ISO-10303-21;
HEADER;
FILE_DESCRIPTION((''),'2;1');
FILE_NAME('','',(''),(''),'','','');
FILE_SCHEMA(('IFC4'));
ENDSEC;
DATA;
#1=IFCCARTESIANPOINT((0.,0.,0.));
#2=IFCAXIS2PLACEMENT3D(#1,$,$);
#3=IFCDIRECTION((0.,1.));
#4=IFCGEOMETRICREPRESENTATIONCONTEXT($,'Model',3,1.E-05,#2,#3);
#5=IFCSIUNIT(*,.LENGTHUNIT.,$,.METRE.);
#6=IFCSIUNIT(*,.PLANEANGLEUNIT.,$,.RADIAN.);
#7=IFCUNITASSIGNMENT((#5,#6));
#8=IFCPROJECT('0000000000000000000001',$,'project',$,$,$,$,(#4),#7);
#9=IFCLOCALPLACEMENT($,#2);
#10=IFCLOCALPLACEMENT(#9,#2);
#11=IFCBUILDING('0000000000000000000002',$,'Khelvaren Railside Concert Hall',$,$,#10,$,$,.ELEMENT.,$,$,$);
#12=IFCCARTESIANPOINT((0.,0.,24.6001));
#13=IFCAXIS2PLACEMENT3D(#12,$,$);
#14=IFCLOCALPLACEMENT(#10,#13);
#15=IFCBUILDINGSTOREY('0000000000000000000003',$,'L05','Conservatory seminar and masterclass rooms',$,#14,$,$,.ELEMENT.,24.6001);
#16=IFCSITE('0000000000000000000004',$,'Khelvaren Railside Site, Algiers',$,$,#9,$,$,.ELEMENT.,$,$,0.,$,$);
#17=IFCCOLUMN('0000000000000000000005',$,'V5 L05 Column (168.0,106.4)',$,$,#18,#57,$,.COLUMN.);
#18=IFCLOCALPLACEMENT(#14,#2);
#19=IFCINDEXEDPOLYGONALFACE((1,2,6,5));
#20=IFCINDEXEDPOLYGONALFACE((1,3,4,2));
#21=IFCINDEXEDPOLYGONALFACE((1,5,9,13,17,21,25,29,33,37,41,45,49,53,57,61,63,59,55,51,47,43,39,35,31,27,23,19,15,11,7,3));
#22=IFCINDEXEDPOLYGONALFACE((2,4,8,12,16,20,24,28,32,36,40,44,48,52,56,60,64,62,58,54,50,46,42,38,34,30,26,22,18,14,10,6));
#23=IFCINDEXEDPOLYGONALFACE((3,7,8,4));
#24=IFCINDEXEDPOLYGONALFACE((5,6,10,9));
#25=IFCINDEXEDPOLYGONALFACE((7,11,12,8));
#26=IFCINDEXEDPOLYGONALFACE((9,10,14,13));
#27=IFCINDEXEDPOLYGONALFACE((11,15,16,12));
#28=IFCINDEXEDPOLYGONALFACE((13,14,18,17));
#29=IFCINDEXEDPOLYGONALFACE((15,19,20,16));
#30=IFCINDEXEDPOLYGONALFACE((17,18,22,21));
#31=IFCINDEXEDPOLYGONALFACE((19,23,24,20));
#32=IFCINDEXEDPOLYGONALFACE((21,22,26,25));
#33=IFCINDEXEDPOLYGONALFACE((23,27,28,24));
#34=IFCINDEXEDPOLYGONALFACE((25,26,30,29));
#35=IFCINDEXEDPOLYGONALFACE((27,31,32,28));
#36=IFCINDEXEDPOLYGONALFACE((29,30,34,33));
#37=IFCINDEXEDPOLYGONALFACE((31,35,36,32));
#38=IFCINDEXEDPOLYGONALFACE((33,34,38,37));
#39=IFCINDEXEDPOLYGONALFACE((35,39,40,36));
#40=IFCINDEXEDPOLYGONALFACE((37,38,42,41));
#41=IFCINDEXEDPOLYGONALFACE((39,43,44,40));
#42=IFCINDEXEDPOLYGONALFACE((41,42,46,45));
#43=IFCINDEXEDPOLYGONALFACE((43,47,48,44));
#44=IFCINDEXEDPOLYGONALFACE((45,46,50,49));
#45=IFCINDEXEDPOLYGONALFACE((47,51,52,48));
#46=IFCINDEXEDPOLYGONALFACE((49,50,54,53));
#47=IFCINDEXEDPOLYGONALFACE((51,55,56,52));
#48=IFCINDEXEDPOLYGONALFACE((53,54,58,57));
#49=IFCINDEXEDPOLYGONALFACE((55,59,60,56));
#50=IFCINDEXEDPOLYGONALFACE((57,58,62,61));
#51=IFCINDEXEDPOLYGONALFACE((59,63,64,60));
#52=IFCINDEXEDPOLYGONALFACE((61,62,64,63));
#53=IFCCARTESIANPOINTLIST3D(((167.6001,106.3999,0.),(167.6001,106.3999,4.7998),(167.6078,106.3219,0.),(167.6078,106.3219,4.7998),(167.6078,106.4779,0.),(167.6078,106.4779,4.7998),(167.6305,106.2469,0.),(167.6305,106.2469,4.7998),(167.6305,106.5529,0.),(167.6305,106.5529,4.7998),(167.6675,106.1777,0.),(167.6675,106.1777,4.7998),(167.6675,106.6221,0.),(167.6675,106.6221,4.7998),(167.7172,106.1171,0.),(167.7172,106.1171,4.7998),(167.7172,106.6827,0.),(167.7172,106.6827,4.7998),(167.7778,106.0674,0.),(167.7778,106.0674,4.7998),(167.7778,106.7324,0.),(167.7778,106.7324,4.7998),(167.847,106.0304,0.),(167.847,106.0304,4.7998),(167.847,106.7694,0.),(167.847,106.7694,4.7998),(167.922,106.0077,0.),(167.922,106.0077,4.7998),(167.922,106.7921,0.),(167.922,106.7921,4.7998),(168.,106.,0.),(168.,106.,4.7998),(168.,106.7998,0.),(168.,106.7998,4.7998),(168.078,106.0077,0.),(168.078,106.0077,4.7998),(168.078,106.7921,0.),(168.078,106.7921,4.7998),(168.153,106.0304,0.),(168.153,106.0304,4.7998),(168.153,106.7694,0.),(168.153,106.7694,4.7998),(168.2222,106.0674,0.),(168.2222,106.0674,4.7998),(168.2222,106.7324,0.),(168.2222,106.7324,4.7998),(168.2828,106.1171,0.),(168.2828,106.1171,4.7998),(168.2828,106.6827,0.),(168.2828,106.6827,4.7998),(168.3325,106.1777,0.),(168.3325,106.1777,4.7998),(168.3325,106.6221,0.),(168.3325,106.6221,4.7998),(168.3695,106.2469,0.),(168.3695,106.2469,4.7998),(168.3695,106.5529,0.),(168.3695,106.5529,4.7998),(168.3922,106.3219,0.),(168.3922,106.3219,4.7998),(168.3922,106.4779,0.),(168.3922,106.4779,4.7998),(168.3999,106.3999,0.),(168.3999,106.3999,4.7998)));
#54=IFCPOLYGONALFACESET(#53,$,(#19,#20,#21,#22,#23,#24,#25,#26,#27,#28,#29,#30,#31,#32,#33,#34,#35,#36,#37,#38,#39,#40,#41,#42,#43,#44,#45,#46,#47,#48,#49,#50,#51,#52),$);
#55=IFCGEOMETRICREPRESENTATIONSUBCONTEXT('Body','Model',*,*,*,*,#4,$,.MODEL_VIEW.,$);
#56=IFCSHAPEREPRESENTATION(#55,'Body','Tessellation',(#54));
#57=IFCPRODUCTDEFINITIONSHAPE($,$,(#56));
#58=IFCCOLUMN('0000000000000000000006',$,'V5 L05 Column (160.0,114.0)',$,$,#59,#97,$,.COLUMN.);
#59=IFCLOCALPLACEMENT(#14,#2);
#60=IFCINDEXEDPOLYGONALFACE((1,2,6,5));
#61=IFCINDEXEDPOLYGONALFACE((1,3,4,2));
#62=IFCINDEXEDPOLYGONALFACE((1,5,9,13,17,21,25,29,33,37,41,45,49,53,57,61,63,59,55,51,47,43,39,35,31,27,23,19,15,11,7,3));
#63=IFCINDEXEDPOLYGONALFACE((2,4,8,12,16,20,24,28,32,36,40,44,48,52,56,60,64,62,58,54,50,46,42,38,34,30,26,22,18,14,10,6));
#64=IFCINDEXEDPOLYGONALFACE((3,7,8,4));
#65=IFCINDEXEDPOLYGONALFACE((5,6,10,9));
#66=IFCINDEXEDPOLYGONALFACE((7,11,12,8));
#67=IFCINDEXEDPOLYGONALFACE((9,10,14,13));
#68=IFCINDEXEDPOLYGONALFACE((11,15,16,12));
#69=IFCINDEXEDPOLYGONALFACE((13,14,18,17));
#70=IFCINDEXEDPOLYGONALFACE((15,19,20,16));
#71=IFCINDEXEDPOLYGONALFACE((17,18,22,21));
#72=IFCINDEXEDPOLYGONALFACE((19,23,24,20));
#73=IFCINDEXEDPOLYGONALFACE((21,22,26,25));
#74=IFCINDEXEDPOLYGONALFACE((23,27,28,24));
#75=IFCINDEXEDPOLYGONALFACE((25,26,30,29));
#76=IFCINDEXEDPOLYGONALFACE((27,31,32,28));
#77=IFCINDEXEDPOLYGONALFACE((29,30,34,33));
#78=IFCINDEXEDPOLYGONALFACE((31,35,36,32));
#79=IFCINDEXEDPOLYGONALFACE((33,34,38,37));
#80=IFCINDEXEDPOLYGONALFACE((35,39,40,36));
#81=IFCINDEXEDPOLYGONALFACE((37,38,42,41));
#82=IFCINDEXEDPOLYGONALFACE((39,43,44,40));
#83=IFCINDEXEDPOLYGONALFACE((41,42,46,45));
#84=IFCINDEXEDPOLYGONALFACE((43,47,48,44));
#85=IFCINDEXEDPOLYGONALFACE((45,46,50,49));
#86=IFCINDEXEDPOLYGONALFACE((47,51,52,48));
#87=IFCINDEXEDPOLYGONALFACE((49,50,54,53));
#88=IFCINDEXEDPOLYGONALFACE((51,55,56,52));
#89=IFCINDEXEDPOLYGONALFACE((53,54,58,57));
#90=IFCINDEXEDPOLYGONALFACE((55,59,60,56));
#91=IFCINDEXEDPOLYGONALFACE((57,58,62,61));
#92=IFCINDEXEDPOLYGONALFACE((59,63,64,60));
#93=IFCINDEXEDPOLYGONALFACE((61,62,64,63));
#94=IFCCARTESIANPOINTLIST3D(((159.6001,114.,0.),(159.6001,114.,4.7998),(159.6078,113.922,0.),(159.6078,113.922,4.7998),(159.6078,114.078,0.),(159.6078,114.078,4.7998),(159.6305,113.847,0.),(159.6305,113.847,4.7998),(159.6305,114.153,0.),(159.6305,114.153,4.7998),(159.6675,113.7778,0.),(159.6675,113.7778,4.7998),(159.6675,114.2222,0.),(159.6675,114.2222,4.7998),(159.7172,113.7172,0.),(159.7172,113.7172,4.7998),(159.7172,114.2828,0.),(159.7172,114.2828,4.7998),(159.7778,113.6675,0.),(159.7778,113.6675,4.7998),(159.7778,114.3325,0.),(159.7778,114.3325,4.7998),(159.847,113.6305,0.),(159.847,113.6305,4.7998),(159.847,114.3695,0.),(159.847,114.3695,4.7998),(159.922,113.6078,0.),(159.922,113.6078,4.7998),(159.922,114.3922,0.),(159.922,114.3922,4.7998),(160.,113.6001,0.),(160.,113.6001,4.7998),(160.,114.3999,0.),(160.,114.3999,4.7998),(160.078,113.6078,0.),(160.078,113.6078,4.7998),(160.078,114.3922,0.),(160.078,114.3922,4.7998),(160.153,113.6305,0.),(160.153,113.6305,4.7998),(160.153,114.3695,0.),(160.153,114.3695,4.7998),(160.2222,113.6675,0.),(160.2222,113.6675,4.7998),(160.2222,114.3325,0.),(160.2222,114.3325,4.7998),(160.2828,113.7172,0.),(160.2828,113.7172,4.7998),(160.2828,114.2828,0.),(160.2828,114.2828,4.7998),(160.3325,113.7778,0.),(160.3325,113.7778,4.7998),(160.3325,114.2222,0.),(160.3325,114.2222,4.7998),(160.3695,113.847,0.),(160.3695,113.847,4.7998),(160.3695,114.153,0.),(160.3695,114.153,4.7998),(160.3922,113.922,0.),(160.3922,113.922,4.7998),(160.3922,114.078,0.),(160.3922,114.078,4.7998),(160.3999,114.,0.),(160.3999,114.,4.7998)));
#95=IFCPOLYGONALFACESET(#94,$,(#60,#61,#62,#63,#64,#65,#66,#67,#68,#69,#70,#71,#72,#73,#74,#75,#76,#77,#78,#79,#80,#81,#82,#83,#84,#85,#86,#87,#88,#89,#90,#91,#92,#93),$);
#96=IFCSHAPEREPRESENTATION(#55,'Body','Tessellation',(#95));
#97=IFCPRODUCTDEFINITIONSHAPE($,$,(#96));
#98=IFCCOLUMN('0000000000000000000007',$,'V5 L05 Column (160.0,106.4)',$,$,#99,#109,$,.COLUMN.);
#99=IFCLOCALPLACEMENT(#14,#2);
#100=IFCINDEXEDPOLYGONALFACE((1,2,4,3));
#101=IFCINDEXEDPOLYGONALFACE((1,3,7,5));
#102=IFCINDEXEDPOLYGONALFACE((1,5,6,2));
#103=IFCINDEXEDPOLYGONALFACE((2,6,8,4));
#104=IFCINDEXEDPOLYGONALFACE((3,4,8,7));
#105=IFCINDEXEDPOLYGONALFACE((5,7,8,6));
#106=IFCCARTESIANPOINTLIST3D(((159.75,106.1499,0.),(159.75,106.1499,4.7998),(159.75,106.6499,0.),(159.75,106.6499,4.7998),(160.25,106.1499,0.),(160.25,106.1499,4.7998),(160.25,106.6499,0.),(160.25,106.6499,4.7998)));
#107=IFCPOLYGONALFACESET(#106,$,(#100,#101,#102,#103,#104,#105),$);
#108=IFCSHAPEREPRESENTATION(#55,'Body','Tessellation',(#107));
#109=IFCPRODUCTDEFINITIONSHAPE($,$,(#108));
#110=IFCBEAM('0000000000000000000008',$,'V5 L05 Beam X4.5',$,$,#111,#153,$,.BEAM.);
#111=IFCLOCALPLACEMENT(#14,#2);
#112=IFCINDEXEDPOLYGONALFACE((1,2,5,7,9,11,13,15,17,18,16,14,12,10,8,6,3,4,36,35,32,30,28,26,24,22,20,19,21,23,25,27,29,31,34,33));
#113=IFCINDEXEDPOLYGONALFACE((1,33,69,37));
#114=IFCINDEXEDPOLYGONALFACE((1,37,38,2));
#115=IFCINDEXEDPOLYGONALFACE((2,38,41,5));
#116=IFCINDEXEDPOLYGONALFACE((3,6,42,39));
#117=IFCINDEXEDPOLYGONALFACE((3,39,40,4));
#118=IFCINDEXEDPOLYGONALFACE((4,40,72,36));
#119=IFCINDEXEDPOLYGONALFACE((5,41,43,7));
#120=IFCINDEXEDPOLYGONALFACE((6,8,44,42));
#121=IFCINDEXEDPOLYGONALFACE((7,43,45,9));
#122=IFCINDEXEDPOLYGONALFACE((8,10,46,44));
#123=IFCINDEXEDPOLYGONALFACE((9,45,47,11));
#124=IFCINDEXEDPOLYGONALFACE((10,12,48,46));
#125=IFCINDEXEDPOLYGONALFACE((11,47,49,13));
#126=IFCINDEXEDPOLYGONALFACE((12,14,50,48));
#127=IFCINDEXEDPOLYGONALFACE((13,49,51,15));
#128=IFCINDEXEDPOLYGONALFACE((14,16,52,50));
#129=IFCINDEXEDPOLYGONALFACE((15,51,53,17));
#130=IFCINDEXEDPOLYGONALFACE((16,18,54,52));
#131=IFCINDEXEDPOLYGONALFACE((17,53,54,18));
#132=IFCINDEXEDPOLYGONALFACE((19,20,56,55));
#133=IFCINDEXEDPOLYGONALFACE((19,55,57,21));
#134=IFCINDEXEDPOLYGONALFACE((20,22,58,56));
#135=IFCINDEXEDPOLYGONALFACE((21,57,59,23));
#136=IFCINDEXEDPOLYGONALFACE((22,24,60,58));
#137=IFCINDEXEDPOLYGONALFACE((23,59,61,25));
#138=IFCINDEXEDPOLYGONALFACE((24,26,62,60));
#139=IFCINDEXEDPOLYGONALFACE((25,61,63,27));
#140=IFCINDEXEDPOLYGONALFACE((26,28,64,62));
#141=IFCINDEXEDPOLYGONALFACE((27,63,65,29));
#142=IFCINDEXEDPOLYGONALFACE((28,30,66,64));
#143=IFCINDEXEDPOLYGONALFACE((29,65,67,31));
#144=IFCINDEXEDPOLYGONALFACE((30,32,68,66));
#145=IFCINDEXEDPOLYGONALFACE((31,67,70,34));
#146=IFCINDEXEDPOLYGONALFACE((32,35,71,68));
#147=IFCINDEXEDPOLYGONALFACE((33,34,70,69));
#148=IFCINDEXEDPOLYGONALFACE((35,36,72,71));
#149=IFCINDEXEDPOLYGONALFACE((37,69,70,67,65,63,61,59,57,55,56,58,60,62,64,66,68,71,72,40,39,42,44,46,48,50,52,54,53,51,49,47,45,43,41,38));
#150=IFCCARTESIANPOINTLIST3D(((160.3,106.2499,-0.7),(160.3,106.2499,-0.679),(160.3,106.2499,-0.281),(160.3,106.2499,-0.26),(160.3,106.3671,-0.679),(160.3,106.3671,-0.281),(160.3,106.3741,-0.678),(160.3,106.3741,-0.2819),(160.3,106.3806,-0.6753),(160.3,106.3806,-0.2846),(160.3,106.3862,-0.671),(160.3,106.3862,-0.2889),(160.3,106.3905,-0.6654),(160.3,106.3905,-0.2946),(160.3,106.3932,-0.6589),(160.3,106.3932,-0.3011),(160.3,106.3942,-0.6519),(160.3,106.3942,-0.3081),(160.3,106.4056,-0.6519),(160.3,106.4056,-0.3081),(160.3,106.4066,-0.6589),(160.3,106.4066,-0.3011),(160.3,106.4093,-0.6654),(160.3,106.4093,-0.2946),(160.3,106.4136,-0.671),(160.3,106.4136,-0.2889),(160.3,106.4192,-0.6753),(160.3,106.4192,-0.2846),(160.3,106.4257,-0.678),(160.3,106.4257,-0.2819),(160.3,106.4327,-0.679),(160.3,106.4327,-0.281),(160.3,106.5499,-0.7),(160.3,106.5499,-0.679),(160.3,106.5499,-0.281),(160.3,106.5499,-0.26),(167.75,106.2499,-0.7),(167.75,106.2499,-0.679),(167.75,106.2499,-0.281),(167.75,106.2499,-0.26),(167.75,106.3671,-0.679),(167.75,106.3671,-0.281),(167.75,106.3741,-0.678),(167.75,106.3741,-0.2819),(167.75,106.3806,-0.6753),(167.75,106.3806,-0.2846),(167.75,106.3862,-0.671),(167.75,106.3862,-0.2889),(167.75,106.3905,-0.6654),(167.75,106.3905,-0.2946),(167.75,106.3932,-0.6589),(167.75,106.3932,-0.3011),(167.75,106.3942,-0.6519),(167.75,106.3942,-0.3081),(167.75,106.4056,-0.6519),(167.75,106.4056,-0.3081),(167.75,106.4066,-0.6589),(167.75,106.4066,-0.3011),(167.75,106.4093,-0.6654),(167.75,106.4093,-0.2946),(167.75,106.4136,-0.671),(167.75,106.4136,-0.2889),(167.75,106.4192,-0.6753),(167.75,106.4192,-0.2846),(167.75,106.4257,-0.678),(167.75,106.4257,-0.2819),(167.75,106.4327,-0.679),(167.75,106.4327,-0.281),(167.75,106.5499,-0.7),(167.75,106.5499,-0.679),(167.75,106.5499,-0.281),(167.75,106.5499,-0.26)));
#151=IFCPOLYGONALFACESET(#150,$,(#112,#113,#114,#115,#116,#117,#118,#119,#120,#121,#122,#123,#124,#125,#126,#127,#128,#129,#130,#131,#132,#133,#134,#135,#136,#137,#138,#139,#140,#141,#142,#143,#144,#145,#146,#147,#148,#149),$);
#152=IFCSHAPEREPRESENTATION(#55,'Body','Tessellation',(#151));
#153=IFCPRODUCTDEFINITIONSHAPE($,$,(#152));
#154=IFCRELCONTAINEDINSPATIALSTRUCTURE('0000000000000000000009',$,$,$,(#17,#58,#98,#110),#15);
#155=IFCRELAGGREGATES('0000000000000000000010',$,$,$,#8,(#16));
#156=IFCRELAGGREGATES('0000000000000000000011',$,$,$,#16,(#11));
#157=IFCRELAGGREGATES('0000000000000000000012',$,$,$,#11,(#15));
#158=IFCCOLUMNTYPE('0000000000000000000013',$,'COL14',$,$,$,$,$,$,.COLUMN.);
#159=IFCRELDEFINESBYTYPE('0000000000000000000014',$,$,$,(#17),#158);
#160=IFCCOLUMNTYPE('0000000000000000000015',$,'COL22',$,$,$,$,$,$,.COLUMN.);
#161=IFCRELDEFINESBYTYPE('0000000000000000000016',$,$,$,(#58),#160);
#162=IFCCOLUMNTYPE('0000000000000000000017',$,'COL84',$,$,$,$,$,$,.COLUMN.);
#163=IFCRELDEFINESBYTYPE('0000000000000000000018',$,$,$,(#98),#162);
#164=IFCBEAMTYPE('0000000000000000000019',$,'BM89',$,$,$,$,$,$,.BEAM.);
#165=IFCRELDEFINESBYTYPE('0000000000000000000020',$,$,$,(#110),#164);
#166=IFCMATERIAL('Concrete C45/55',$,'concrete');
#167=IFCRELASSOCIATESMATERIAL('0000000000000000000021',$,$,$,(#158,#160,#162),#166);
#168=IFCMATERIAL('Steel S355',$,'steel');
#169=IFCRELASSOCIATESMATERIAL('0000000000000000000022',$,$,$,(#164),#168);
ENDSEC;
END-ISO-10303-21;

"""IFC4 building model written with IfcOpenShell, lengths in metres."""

from ifc_helpers import new_model, si_unit, direction, frame, origin, origin_2d, place, context, subcontext, project, spatial, rectangle, circle, i_section, extrude, material, material_profile, profile_set, type_object, element, save


model = new_model("IFC4")

# Units and contexts
model_context = context("Model", 3, precision=1e-05, world=origin(), true_north=direction((0.0, 1.0)))
body_context = subcontext(model_context, "Body", "Model", "MODEL_VIEW")
ifc_project = project(units=[si_unit("LENGTHUNIT", "METRE"), si_unit("PLANEANGLEUNIT", "RADIAN")], contexts=[model_context])

# Site, building, storey
site_placement = place(None, origin())
site = spatial("IfcSite", under=ifc_project, at=site_placement, Name="Khelvaren Railside Site, Algiers", CompositionType="ELEMENT", RefElevation=0.0)
building_placement = place(site_placement, origin())
building = spatial("IfcBuilding", under=site, at=building_placement, Name="Khelvaren Railside Concert Hall", CompositionType="ELEMENT")
storey_placement = place(building_placement, frame((0.0, 0.0, 24.6001)))
storey = spatial("IfcBuildingStorey", under=building, at=storey_placement, Name="L05", Description="Conservatory seminar and masterclass rooms", CompositionType="ELEMENT", Elevation=24.6001)

# Columns
ifc_material_1 = material(Name="Concrete C45/55", Category="concrete")
ifc_material_profile_1 = material_profile(ifc_material_1, circle(Radius=0.3999, at=origin_2d()), Name="RC D800")
ifc_profile_set_1 = profile_set([ifc_material_profile_1], Name="Concrete C45/55")
column_type_1 = type_object("IfcColumnType", Name="COL14", PredefinedType="COLUMN", material=ifc_profile_set_1)
column_1_placement = place(storey_placement, frame((168.0, 106.3999, 0.0), z_axis=(0.0, 0.0, 1.0), x_axis=(1.0, 0.0, 0.0)))
element("IfcColumn", 1, at=column_1_placement, inside=storey, type_object=column_type_1, Name="V5 L05 Column (168.0,106.4)", PredefinedType="COLUMN", context=body_context, shape_type="SweptSolid", body=[
    extrude(circle(Radius=0.3999, at=origin_2d()), origin(), (0.0, 0.0, 1.0), 4.7998),
])
ifc_material_profile_2 = material_profile(ifc_material_1, circle(Radius=0.3999, at=origin_2d()), Name="RC D800")
ifc_profile_set_2 = profile_set([ifc_material_profile_2], Name="Concrete C45/55")
column_type_2 = type_object("IfcColumnType", Name="COL22", PredefinedType="COLUMN", material=ifc_profile_set_2)
column_2_placement = place(storey_placement, frame((160.0, 114.0, 0.0), z_axis=(0.0, 0.0, 1.0), x_axis=(1.0, 0.0, 0.0)))
element("IfcColumn", 2, at=column_2_placement, inside=storey, type_object=column_type_2, Name="V5 L05 Column (160.0,114.0)", PredefinedType="COLUMN", context=body_context, shape_type="SweptSolid", body=[
    extrude(circle(Radius=0.3999, at=origin_2d()), origin(), (0.0, 0.0, 1.0), 4.7998),
])
ifc_material_profile_3 = material_profile(ifc_material_1, rectangle(XDim=0.5, YDim=0.5, at=origin_2d()), Name="RC 500x500")
ifc_profile_set_3 = profile_set([ifc_material_profile_3], Name="Concrete C45/55")
column_type_3 = type_object("IfcColumnType", Name="COL84", PredefinedType="COLUMN", material=ifc_profile_set_3)
column_3_placement = place(storey_placement, frame((160.0, 106.3999, 0.0), z_axis=(0.0, 0.0, 1.0), x_axis=(1.0, 0.0, 0.0)))
element("IfcColumn", 3, at=column_3_placement, inside=storey, type_object=column_type_3, Name="V5 L05 Column (160.0,106.4)", PredefinedType="COLUMN", context=body_context, shape_type="SweptSolid", body=[
    extrude(rectangle(XDim=0.5, YDim=0.5, at=origin_2d()), origin(), (0.0, 0.0, 1.0), 4.7998),
])

# Beam
ifc_material_2 = material(Name="Steel S355", Category="steel")
ifc_material_profile_4 = material_profile(ifc_material_2, i_section(OverallWidth=0.3, OverallDepth=0.4399, WebThickness=0.0115, FlangeThickness=0.021, FilletRadius=0.0271, at=origin_2d()), Name="HEA 450")
ifc_profile_set_4 = profile_set([ifc_material_profile_4], Name="Steel S355")
beam_type_1 = type_object("IfcBeamType", Name="BM89", PredefinedType="BEAM", material=ifc_profile_set_4)
beam_1_placement = place(storey_placement, frame((160.3, 106.3999, -0.48), z_axis=(1.0, 0.0, 0.0), x_axis=(0.0, 1.0, 0.0)))
element("IfcBeam", 4, at=beam_1_placement, inside=storey, type_object=beam_type_1, Name="V5 L05 Beam X4.5", PredefinedType="BEAM", context=body_context, shape_type="SweptSolid", body=[
    extrude(i_section(OverallWidth=0.3, OverallDepth=0.4399, WebThickness=0.0115, FlangeThickness=0.021, FilletRadius=0.0271, at=origin_2d()), origin(), (0.0, 0.0, 1.0), 7.45),
])

save(model, "model.ifc")
